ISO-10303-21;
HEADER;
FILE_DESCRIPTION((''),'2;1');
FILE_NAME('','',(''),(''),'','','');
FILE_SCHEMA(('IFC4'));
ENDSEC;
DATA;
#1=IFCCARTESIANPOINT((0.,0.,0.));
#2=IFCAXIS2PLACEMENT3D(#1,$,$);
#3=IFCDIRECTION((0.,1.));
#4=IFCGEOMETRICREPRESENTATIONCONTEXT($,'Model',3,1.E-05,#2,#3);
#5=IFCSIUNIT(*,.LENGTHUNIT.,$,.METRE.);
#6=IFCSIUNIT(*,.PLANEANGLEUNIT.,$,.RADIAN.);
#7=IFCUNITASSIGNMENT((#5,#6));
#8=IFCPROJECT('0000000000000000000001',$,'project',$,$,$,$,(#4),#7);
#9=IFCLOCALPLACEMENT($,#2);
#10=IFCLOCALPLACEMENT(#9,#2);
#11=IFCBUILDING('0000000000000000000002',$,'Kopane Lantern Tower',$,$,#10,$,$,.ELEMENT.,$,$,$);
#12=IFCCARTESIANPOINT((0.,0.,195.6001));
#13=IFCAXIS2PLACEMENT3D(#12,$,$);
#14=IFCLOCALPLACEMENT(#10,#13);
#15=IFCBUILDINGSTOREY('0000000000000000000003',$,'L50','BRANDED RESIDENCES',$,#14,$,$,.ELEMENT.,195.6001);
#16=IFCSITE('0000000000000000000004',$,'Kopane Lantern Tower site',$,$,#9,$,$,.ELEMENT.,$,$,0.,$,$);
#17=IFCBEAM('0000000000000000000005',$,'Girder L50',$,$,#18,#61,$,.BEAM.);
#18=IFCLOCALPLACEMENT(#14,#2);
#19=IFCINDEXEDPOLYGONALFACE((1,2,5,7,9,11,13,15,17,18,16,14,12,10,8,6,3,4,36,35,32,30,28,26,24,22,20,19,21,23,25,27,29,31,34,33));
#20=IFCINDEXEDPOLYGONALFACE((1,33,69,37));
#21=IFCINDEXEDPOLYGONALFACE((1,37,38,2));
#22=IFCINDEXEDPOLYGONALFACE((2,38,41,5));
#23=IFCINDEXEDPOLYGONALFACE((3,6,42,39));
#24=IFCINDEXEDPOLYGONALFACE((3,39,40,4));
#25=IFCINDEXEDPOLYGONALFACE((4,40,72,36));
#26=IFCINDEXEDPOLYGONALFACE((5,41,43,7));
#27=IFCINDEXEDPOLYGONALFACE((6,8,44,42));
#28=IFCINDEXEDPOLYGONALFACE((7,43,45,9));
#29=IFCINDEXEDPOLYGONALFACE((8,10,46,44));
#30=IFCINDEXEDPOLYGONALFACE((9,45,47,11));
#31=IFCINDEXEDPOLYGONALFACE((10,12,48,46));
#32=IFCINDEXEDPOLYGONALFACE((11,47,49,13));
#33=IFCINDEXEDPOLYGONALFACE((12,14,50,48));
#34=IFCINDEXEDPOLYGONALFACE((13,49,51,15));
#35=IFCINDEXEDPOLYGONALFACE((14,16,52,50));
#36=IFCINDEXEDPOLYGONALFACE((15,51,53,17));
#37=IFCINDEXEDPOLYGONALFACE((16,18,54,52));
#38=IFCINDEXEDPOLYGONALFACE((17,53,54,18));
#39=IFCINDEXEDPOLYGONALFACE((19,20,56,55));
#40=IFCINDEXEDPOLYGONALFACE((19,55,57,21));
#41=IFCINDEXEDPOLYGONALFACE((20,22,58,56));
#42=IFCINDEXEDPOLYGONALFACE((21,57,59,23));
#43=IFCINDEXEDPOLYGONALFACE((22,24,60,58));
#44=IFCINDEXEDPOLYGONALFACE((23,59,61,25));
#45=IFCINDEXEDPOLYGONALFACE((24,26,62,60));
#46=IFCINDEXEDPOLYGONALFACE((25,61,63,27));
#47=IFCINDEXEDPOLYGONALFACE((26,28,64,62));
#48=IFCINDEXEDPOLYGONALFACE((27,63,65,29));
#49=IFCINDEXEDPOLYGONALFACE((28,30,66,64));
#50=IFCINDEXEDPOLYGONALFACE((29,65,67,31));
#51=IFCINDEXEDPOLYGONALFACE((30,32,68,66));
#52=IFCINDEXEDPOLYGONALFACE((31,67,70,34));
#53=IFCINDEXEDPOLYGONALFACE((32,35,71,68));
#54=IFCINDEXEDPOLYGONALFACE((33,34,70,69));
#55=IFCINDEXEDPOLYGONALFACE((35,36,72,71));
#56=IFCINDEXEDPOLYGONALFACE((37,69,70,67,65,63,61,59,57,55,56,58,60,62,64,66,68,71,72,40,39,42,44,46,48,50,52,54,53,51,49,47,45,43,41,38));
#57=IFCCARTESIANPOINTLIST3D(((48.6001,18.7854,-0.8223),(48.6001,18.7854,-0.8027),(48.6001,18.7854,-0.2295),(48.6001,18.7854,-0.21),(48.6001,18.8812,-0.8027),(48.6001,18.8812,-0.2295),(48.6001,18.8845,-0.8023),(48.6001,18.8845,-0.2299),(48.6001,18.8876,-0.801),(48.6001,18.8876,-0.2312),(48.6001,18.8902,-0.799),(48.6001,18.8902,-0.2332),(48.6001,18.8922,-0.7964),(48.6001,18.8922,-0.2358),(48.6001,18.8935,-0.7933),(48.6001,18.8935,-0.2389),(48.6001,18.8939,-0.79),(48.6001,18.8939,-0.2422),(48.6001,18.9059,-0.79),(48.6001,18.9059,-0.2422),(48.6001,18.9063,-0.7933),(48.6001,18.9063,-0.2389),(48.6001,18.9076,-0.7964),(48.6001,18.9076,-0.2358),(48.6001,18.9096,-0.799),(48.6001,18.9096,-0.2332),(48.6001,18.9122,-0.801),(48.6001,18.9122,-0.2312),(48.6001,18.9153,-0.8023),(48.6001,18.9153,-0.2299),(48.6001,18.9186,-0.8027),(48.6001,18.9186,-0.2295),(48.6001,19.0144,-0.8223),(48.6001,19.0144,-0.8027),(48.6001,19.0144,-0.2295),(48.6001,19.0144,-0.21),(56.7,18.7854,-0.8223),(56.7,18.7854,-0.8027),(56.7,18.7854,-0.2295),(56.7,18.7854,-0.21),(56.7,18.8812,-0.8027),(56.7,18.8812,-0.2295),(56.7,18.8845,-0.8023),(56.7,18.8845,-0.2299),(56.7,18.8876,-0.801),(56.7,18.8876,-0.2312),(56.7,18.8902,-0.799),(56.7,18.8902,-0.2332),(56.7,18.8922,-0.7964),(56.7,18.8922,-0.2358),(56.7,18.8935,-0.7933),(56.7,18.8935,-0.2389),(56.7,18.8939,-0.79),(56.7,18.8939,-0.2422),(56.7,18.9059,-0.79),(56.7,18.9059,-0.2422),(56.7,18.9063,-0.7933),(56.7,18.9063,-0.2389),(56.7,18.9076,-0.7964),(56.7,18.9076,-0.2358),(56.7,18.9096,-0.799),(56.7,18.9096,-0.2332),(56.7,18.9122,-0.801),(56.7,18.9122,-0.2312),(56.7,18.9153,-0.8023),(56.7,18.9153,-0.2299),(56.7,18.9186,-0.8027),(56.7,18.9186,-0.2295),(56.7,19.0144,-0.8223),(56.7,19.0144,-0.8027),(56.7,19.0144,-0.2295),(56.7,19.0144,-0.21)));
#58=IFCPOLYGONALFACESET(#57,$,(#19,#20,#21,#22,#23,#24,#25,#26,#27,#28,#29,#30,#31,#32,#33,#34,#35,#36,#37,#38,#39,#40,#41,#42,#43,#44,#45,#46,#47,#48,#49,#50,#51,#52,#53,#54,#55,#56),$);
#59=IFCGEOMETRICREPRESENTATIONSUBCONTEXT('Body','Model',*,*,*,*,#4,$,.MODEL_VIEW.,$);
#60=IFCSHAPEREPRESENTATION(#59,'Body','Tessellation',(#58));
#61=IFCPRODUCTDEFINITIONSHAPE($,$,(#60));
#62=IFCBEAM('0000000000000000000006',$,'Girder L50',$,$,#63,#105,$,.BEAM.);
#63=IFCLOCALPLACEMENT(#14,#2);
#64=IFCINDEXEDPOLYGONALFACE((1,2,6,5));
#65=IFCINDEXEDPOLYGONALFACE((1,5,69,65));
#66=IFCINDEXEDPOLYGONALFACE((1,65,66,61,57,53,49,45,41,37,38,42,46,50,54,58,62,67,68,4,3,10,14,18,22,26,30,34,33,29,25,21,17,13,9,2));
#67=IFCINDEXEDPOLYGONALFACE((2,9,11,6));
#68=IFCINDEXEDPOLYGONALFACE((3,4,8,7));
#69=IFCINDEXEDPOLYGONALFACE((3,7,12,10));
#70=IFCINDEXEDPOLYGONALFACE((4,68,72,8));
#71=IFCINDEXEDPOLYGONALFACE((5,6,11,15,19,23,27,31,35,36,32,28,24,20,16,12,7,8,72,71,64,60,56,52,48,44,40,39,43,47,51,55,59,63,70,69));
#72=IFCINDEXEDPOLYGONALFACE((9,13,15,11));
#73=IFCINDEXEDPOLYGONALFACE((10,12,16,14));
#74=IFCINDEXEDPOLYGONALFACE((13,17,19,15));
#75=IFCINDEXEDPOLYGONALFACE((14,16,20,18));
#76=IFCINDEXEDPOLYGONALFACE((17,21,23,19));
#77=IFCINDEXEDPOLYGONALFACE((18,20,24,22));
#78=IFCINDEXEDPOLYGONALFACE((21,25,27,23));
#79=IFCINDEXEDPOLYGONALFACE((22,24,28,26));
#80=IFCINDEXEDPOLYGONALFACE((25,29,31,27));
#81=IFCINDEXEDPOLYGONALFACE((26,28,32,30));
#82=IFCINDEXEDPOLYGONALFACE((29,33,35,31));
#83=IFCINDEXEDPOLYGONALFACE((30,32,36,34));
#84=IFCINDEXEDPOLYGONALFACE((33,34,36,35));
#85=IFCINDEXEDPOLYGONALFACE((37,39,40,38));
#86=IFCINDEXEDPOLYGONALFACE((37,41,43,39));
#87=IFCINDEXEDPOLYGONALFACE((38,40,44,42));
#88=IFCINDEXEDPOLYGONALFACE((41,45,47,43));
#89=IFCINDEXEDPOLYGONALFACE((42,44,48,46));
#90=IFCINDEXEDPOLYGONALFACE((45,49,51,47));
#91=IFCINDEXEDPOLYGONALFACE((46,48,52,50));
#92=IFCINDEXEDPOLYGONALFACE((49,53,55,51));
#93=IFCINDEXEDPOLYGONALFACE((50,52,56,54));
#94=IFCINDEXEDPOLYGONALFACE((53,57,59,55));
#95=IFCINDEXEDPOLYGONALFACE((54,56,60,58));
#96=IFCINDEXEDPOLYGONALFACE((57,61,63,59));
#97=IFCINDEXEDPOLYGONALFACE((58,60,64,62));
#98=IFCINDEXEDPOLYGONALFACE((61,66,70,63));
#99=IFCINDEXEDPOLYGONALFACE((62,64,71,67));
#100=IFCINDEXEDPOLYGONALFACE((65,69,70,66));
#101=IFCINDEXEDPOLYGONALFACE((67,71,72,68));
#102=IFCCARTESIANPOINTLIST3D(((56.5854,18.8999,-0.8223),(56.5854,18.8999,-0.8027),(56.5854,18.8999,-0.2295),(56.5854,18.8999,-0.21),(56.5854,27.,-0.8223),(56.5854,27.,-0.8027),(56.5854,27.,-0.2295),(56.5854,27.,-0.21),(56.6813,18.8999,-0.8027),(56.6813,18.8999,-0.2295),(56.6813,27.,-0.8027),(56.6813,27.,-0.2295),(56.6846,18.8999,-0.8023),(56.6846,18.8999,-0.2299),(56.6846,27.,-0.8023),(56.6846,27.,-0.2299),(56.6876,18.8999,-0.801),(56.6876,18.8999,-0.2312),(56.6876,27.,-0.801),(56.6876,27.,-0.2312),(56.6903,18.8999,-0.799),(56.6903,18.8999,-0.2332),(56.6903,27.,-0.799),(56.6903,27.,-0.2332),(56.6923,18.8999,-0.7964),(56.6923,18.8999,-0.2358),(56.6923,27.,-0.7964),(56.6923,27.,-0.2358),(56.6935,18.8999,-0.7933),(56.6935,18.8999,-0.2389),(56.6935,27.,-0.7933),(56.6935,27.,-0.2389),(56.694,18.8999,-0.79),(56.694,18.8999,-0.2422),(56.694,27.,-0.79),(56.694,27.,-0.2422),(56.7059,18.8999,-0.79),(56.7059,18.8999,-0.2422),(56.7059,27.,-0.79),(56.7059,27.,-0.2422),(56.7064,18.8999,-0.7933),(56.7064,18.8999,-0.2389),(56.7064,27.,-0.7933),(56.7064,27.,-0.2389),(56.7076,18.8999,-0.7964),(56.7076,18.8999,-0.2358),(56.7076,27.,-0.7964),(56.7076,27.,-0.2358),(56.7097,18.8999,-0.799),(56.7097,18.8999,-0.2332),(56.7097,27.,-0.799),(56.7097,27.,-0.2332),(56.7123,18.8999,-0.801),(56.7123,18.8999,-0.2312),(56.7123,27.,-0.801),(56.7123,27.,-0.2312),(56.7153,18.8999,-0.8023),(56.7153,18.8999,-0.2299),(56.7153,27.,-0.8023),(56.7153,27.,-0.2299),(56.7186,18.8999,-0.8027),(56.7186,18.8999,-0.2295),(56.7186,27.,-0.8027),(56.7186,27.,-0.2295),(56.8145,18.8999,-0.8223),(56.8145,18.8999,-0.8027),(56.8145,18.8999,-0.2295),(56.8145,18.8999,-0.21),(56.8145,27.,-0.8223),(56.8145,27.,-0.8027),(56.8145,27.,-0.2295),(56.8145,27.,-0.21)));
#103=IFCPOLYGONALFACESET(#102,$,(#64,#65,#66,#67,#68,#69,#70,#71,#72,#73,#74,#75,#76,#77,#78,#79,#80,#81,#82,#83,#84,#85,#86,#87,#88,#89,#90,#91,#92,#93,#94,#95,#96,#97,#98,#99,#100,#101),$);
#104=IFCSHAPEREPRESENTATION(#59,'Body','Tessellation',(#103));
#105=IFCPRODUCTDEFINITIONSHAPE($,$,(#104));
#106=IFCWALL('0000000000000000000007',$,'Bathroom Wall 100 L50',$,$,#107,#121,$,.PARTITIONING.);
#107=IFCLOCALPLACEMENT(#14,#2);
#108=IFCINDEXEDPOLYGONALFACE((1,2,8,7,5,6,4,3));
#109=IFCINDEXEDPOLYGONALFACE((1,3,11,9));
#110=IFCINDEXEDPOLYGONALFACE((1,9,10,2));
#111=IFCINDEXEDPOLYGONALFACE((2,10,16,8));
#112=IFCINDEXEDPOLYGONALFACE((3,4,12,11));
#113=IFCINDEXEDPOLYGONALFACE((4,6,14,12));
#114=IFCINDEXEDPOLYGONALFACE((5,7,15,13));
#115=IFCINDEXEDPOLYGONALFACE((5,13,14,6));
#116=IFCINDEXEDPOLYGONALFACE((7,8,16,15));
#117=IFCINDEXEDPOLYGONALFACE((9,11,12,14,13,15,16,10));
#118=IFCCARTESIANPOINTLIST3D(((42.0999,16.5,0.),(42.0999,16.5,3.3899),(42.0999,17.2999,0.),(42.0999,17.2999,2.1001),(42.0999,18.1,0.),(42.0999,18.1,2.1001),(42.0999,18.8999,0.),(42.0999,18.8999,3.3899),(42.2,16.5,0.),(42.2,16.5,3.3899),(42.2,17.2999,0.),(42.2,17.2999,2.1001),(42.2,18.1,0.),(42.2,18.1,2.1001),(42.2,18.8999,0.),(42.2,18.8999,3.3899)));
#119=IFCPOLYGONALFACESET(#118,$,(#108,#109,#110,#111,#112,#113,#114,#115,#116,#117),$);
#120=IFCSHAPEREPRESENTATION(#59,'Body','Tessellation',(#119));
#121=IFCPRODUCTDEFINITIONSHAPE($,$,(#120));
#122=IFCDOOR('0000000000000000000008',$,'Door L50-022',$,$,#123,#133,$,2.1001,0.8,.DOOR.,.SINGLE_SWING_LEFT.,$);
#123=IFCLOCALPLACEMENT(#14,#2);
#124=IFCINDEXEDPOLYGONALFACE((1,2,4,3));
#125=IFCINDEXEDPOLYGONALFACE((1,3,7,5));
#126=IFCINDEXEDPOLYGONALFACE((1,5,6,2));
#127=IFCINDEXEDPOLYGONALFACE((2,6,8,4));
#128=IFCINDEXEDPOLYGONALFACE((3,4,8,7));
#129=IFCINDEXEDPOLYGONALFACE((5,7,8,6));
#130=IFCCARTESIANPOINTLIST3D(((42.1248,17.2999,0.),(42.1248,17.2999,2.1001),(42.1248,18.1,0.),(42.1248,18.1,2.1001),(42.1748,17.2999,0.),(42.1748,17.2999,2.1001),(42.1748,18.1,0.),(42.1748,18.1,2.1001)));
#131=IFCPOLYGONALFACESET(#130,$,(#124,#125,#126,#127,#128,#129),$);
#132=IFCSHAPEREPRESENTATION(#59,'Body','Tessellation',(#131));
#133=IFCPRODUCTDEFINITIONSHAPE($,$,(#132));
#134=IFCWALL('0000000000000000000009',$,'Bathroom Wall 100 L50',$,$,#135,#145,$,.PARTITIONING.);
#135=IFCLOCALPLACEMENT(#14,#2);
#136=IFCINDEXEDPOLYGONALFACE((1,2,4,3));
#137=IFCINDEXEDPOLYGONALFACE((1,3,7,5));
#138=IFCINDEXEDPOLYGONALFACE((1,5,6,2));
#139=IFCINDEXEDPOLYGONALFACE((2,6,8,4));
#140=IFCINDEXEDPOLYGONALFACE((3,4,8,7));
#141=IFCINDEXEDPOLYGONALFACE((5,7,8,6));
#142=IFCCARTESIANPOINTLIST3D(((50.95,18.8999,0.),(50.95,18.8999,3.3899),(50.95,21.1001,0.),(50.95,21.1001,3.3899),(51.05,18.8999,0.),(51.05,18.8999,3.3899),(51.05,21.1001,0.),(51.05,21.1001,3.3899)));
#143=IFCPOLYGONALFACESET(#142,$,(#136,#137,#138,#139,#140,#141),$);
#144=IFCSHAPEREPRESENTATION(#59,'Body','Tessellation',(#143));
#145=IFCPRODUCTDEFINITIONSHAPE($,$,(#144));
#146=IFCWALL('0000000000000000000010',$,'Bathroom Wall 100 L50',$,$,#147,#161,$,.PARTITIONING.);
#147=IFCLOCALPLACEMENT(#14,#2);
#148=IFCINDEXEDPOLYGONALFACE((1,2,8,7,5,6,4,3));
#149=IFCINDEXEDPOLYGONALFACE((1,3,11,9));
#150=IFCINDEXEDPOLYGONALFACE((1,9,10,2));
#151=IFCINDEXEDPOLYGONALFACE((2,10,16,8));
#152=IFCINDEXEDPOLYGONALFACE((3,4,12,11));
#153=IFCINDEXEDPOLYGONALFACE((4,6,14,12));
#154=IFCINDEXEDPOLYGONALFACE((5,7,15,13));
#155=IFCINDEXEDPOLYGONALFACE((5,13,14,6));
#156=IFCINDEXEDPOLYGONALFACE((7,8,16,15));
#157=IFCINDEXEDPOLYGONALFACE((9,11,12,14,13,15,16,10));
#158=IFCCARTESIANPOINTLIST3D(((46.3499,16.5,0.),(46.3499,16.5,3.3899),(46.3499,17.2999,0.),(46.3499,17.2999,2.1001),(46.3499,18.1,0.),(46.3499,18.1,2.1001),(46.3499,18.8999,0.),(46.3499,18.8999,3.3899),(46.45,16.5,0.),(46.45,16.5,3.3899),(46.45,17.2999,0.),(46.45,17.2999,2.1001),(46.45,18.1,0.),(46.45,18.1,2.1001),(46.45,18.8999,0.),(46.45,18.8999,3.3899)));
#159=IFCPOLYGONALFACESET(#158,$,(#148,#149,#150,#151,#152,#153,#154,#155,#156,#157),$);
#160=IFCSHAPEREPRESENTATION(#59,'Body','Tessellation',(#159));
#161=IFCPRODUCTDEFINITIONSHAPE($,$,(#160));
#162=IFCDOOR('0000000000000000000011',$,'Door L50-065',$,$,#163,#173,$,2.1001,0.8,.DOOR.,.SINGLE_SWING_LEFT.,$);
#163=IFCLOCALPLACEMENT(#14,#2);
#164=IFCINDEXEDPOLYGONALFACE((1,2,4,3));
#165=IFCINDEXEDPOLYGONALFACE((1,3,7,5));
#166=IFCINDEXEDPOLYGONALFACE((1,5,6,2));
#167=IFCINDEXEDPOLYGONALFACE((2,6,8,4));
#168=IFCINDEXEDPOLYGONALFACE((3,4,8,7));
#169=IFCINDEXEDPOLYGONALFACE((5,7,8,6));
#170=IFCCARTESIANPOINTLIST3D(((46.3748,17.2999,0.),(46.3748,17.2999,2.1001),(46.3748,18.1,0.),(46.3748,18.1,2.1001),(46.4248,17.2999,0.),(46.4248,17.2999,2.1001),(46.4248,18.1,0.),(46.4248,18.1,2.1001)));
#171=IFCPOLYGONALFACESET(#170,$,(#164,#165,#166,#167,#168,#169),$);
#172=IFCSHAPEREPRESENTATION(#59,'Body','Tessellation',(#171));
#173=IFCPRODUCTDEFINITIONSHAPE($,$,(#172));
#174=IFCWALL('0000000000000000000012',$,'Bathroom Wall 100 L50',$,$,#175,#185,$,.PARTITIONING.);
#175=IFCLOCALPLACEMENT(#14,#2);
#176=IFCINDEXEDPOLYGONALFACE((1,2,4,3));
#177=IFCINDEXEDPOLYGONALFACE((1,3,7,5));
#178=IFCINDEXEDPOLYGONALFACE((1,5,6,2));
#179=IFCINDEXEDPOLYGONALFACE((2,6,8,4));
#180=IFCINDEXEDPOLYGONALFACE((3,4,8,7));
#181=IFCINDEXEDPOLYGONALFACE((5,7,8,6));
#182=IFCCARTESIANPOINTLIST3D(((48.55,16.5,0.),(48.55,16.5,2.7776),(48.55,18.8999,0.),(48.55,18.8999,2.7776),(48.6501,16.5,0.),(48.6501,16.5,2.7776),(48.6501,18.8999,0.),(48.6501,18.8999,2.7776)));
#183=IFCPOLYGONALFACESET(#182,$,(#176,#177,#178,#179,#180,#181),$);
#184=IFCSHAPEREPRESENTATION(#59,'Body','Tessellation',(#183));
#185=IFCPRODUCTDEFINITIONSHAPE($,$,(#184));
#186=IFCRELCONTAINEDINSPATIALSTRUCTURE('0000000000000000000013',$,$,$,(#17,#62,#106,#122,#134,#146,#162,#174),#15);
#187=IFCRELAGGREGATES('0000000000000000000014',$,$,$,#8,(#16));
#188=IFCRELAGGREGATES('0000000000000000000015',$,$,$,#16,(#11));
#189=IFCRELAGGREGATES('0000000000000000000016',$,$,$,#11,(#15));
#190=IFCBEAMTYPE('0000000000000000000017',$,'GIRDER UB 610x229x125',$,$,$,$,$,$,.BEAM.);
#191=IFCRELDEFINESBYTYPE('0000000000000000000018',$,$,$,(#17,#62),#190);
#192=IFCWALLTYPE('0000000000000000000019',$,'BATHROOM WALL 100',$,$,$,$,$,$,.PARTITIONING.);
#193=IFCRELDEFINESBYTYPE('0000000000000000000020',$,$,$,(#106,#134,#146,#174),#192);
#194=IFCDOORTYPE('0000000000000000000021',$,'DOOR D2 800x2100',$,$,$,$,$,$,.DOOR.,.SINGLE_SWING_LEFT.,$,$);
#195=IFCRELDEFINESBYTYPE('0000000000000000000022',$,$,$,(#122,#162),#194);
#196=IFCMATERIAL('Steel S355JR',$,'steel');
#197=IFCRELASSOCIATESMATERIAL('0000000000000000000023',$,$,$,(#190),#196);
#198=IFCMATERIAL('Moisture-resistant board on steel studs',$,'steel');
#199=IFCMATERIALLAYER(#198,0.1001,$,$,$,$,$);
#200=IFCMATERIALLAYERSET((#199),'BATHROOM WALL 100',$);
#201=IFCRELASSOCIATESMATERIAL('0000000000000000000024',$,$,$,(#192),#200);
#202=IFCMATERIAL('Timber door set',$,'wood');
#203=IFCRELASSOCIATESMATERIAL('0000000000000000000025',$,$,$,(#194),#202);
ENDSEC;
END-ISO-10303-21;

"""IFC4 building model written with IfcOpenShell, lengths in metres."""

from ifc_helpers import new_model, si_unit, direction, frame, frame_2d, origin, origin_2d, place, context, subcontext, project, spatial, rectangle, i_section, extrude, material, layer, layer_set, material_profile, profile_set, type_object, element, fill, save


model = new_model("IFC4")

# Units and contexts
model_context = context("Model", 3, precision=1e-05, world=origin(), true_north=direction((0.0, 1.0)))
body_context = subcontext(model_context, "Body", "Model", "MODEL_VIEW")
ifc_project = project(units=[si_unit("LENGTHUNIT", "METRE"), si_unit("PLANEANGLEUNIT", "RADIAN")], contexts=[model_context])

# Site, building, storey
site_placement = place(None, origin())
site = spatial("IfcSite", under=ifc_project, at=site_placement, Name="Kopane Lantern Tower site", CompositionType="ELEMENT", RefElevation=0.0)
building_placement = place(site_placement, origin())
building = spatial("IfcBuilding", under=site, at=building_placement, Name="Kopane Lantern Tower", CompositionType="ELEMENT")
storey_placement = place(building_placement, frame((0.0, 0.0, 195.6001)))
storey = spatial("IfcBuildingStorey", under=building, at=storey_placement, Name="L50", Description="BRANDED RESIDENCES", CompositionType="ELEMENT", Elevation=195.6001)

# Beams
ifc_material_1 = material(Name="Steel S355JR", Category="steel")
ifc_material_profile_1 = material_profile(ifc_material_1, i_section(OverallWidth=0.229, OverallDepth=0.6123, WebThickness=0.012, FlangeThickness=0.0195, FilletRadius=0.0127, at=origin_2d()), Name="UB 610x229x125")
ifc_profile_set_1 = profile_set([ifc_material_profile_1], Name="Steel S355JR")
beam_type_1 = type_object("IfcBeamType", Name="GIRDER UB 610x229x125", PredefinedType="BEAM", material=ifc_profile_set_1)
beam_1_placement = place(storey_placement, frame((48.6001, 18.8999, -0.5161), z_axis=(1.0, 0.0, 0.0), x_axis=(0.0, 1.0, 0.0)))
element("IfcBeam", 1, at=beam_1_placement, inside=storey, type_object=beam_type_1, Name="Girder L50", PredefinedType="BEAM", context=body_context, shape_type="SweptSolid", body=[
    extrude(i_section(OverallWidth=0.229, OverallDepth=0.6123, WebThickness=0.012, FlangeThickness=0.0195, FilletRadius=0.0127, at=origin_2d()), origin(), (0.0, 0.0, 1.0), 8.0999),
])
beam_2_placement = place(storey_placement, frame((56.7, 18.8999, -0.5161), z_axis=(0.0, 1.0, 0.0), x_axis=(-1.0, 0.0, 0.0)))
element("IfcBeam", 2, at=beam_2_placement, inside=storey, type_object=beam_type_1, Name="Girder L50", PredefinedType="BEAM", context=body_context, shape_type="SweptSolid", body=[
    extrude(i_section(OverallWidth=0.229, OverallDepth=0.6123, WebThickness=0.012, FlangeThickness=0.0195, FilletRadius=0.0127, at=origin_2d()), origin(), (0.0, 0.0, 1.0), 8.1001),
])

# Wall, opening, door
ifc_material_2 = material(Name="Moisture-resistant board on steel studs", Category="steel")
ifc_layer_1 = layer(ifc_material_2, 0.1001)
ifc_layer_set_1 = layer_set([ifc_layer_1], Name="BATHROOM WALL 100")
wall_type_1 = type_object("IfcWallType", Name="BATHROOM WALL 100", PredefinedType="PARTITIONING", material=ifc_layer_set_1)
wall_1_placement = place(storey_placement, frame((42.1499, 18.8999, 0.0), z_axis=(0.0, 0.0, 1.0), x_axis=(0.0, -1.0, 0.0)))
wall_1 = element("IfcWall", 3, at=wall_1_placement, inside=storey, type_object=wall_type_1, Name="Bathroom Wall 100 L50", PredefinedType="PARTITIONING", context=body_context, shape_type="SweptSolid", body=[
    extrude(rectangle(XDim=2.3999, YDim=0.1001, at=frame_2d((1.2, 0.0))), origin(), (0.0, 0.0, 1.0), 3.3899),
])
opening_1_placement = place(wall_1_placement, frame((0.8, 0.0, 0.0)))
opening_1 = element("IfcOpeningElement", 4, at=opening_1_placement, cuts=wall_1, PredefinedType="OPENING", context=body_context, shape_type="SweptSolid", body=[
    extrude(rectangle(XDim=0.8, YDim=2.1001, at=frame_2d((0.3999, 1.05))), frame((0.0, 0.0601, 0.0), z_axis=(0.0, -1.0, 0.0), x_axis=(1.0, 0.0, 0.0)), (0.0, 0.0, 1.0), 0.1201),
])
ifc_material_3 = material(Name="Timber door set", Category="wood")
door_type_1 = type_object("IfcDoorType", Name="DOOR D2 800x2100", OperationType="SINGLE_SWING_LEFT", PredefinedType="DOOR", material=ifc_material_3)
door_1_placement = place(opening_1_placement, origin())
door_1 = element("IfcDoor", 5, at=door_1_placement, inside=storey, type_object=door_type_1, Name="Door L50-022", OperationType="SINGLE_SWING_LEFT", OverallHeight=2.1001, OverallWidth=0.8, PredefinedType="DOOR", context=body_context, shape_type="SweptSolid", body=[
    extrude(rectangle(XDim=0.8, YDim=2.1001, at=frame_2d((0.3999, 1.05))), frame((0.0, 0.0249, 0.0), z_axis=(0.0, -1.0, 0.0), x_axis=(1.0, 0.0, 0.0)), (0.0, 0.0, 1.0), 0.05),
])
fill(opening_1, door_1)

# Wall
wall_2_placement = place(storey_placement, frame((51.0, 18.8999, 0.0), z_axis=(0.0, 0.0, 1.0), x_axis=(0.0, 1.0, 0.0)))
element("IfcWall", 6, at=wall_2_placement, inside=storey, type_object=wall_type_1, Name="Bathroom Wall 100 L50", PredefinedType="PARTITIONING", context=body_context, shape_type="SweptSolid", body=[
    extrude(rectangle(XDim=2.2002, YDim=0.1001, at=frame_2d((1.1001, 0.0))), origin(), (0.0, 0.0, 1.0), 3.3899),
])

# Wall, opening, door
wall_3_placement = place(storey_placement, frame((46.3999, 18.8999, 0.0), z_axis=(0.0, 0.0, 1.0), x_axis=(0.0, -1.0, 0.0)))
wall_3 = element("IfcWall", 7, at=wall_3_placement, inside=storey, type_object=wall_type_1, Name="Bathroom Wall 100 L50", PredefinedType="PARTITIONING", context=body_context, shape_type="SweptSolid", body=[
    extrude(rectangle(XDim=2.3999, YDim=0.1001, at=frame_2d((1.2, 0.0))), origin(), (0.0, 0.0, 1.0), 3.3899),
])
opening_2_placement = place(wall_3_placement, frame((0.8, 0.0, 0.0)))
opening_2 = element("IfcOpeningElement", 8, at=opening_2_placement, cuts=wall_3, PredefinedType="OPENING", context=body_context, shape_type="SweptSolid", body=[
    extrude(rectangle(XDim=0.8, YDim=2.1001, at=frame_2d((0.3999, 1.05))), frame((0.0, 0.0601, 0.0), z_axis=(0.0, -1.0, 0.0), x_axis=(1.0, 0.0, 0.0)), (0.0, 0.0, 1.0), 0.1201),
])
door_2_placement = place(opening_2_placement, origin())
door_2 = element("IfcDoor", 9, at=door_2_placement, inside=storey, type_object=door_type_1, Name="Door L50-065", OperationType="SINGLE_SWING_LEFT", OverallHeight=2.1001, OverallWidth=0.8, PredefinedType="DOOR", context=body_context, shape_type="SweptSolid", body=[
    extrude(rectangle(XDim=0.8, YDim=2.1001, at=frame_2d((0.3999, 1.05))), frame((0.0, 0.0249, 0.0), z_axis=(0.0, -1.0, 0.0), x_axis=(1.0, 0.0, 0.0)), (0.0, 0.0, 1.0), 0.05),
])
fill(opening_2, door_2)

# Wall
wall_4_placement = place(storey_placement, frame((48.6001, 18.8999, 0.0), z_axis=(0.0, 0.0, 1.0), x_axis=(0.0, -1.0, 0.0)))
element("IfcWall", 10, at=wall_4_placement, inside=storey, type_object=wall_type_1, Name="Bathroom Wall 100 L50", PredefinedType="PARTITIONING", context=body_context, shape_type="SweptSolid", body=[
    extrude(rectangle(XDim=2.3999, YDim=0.1001, at=frame_2d((1.2, 0.0))), origin(), (0.0, 0.0, 1.0), 2.7776),
])

save(model, "model.ifc")
